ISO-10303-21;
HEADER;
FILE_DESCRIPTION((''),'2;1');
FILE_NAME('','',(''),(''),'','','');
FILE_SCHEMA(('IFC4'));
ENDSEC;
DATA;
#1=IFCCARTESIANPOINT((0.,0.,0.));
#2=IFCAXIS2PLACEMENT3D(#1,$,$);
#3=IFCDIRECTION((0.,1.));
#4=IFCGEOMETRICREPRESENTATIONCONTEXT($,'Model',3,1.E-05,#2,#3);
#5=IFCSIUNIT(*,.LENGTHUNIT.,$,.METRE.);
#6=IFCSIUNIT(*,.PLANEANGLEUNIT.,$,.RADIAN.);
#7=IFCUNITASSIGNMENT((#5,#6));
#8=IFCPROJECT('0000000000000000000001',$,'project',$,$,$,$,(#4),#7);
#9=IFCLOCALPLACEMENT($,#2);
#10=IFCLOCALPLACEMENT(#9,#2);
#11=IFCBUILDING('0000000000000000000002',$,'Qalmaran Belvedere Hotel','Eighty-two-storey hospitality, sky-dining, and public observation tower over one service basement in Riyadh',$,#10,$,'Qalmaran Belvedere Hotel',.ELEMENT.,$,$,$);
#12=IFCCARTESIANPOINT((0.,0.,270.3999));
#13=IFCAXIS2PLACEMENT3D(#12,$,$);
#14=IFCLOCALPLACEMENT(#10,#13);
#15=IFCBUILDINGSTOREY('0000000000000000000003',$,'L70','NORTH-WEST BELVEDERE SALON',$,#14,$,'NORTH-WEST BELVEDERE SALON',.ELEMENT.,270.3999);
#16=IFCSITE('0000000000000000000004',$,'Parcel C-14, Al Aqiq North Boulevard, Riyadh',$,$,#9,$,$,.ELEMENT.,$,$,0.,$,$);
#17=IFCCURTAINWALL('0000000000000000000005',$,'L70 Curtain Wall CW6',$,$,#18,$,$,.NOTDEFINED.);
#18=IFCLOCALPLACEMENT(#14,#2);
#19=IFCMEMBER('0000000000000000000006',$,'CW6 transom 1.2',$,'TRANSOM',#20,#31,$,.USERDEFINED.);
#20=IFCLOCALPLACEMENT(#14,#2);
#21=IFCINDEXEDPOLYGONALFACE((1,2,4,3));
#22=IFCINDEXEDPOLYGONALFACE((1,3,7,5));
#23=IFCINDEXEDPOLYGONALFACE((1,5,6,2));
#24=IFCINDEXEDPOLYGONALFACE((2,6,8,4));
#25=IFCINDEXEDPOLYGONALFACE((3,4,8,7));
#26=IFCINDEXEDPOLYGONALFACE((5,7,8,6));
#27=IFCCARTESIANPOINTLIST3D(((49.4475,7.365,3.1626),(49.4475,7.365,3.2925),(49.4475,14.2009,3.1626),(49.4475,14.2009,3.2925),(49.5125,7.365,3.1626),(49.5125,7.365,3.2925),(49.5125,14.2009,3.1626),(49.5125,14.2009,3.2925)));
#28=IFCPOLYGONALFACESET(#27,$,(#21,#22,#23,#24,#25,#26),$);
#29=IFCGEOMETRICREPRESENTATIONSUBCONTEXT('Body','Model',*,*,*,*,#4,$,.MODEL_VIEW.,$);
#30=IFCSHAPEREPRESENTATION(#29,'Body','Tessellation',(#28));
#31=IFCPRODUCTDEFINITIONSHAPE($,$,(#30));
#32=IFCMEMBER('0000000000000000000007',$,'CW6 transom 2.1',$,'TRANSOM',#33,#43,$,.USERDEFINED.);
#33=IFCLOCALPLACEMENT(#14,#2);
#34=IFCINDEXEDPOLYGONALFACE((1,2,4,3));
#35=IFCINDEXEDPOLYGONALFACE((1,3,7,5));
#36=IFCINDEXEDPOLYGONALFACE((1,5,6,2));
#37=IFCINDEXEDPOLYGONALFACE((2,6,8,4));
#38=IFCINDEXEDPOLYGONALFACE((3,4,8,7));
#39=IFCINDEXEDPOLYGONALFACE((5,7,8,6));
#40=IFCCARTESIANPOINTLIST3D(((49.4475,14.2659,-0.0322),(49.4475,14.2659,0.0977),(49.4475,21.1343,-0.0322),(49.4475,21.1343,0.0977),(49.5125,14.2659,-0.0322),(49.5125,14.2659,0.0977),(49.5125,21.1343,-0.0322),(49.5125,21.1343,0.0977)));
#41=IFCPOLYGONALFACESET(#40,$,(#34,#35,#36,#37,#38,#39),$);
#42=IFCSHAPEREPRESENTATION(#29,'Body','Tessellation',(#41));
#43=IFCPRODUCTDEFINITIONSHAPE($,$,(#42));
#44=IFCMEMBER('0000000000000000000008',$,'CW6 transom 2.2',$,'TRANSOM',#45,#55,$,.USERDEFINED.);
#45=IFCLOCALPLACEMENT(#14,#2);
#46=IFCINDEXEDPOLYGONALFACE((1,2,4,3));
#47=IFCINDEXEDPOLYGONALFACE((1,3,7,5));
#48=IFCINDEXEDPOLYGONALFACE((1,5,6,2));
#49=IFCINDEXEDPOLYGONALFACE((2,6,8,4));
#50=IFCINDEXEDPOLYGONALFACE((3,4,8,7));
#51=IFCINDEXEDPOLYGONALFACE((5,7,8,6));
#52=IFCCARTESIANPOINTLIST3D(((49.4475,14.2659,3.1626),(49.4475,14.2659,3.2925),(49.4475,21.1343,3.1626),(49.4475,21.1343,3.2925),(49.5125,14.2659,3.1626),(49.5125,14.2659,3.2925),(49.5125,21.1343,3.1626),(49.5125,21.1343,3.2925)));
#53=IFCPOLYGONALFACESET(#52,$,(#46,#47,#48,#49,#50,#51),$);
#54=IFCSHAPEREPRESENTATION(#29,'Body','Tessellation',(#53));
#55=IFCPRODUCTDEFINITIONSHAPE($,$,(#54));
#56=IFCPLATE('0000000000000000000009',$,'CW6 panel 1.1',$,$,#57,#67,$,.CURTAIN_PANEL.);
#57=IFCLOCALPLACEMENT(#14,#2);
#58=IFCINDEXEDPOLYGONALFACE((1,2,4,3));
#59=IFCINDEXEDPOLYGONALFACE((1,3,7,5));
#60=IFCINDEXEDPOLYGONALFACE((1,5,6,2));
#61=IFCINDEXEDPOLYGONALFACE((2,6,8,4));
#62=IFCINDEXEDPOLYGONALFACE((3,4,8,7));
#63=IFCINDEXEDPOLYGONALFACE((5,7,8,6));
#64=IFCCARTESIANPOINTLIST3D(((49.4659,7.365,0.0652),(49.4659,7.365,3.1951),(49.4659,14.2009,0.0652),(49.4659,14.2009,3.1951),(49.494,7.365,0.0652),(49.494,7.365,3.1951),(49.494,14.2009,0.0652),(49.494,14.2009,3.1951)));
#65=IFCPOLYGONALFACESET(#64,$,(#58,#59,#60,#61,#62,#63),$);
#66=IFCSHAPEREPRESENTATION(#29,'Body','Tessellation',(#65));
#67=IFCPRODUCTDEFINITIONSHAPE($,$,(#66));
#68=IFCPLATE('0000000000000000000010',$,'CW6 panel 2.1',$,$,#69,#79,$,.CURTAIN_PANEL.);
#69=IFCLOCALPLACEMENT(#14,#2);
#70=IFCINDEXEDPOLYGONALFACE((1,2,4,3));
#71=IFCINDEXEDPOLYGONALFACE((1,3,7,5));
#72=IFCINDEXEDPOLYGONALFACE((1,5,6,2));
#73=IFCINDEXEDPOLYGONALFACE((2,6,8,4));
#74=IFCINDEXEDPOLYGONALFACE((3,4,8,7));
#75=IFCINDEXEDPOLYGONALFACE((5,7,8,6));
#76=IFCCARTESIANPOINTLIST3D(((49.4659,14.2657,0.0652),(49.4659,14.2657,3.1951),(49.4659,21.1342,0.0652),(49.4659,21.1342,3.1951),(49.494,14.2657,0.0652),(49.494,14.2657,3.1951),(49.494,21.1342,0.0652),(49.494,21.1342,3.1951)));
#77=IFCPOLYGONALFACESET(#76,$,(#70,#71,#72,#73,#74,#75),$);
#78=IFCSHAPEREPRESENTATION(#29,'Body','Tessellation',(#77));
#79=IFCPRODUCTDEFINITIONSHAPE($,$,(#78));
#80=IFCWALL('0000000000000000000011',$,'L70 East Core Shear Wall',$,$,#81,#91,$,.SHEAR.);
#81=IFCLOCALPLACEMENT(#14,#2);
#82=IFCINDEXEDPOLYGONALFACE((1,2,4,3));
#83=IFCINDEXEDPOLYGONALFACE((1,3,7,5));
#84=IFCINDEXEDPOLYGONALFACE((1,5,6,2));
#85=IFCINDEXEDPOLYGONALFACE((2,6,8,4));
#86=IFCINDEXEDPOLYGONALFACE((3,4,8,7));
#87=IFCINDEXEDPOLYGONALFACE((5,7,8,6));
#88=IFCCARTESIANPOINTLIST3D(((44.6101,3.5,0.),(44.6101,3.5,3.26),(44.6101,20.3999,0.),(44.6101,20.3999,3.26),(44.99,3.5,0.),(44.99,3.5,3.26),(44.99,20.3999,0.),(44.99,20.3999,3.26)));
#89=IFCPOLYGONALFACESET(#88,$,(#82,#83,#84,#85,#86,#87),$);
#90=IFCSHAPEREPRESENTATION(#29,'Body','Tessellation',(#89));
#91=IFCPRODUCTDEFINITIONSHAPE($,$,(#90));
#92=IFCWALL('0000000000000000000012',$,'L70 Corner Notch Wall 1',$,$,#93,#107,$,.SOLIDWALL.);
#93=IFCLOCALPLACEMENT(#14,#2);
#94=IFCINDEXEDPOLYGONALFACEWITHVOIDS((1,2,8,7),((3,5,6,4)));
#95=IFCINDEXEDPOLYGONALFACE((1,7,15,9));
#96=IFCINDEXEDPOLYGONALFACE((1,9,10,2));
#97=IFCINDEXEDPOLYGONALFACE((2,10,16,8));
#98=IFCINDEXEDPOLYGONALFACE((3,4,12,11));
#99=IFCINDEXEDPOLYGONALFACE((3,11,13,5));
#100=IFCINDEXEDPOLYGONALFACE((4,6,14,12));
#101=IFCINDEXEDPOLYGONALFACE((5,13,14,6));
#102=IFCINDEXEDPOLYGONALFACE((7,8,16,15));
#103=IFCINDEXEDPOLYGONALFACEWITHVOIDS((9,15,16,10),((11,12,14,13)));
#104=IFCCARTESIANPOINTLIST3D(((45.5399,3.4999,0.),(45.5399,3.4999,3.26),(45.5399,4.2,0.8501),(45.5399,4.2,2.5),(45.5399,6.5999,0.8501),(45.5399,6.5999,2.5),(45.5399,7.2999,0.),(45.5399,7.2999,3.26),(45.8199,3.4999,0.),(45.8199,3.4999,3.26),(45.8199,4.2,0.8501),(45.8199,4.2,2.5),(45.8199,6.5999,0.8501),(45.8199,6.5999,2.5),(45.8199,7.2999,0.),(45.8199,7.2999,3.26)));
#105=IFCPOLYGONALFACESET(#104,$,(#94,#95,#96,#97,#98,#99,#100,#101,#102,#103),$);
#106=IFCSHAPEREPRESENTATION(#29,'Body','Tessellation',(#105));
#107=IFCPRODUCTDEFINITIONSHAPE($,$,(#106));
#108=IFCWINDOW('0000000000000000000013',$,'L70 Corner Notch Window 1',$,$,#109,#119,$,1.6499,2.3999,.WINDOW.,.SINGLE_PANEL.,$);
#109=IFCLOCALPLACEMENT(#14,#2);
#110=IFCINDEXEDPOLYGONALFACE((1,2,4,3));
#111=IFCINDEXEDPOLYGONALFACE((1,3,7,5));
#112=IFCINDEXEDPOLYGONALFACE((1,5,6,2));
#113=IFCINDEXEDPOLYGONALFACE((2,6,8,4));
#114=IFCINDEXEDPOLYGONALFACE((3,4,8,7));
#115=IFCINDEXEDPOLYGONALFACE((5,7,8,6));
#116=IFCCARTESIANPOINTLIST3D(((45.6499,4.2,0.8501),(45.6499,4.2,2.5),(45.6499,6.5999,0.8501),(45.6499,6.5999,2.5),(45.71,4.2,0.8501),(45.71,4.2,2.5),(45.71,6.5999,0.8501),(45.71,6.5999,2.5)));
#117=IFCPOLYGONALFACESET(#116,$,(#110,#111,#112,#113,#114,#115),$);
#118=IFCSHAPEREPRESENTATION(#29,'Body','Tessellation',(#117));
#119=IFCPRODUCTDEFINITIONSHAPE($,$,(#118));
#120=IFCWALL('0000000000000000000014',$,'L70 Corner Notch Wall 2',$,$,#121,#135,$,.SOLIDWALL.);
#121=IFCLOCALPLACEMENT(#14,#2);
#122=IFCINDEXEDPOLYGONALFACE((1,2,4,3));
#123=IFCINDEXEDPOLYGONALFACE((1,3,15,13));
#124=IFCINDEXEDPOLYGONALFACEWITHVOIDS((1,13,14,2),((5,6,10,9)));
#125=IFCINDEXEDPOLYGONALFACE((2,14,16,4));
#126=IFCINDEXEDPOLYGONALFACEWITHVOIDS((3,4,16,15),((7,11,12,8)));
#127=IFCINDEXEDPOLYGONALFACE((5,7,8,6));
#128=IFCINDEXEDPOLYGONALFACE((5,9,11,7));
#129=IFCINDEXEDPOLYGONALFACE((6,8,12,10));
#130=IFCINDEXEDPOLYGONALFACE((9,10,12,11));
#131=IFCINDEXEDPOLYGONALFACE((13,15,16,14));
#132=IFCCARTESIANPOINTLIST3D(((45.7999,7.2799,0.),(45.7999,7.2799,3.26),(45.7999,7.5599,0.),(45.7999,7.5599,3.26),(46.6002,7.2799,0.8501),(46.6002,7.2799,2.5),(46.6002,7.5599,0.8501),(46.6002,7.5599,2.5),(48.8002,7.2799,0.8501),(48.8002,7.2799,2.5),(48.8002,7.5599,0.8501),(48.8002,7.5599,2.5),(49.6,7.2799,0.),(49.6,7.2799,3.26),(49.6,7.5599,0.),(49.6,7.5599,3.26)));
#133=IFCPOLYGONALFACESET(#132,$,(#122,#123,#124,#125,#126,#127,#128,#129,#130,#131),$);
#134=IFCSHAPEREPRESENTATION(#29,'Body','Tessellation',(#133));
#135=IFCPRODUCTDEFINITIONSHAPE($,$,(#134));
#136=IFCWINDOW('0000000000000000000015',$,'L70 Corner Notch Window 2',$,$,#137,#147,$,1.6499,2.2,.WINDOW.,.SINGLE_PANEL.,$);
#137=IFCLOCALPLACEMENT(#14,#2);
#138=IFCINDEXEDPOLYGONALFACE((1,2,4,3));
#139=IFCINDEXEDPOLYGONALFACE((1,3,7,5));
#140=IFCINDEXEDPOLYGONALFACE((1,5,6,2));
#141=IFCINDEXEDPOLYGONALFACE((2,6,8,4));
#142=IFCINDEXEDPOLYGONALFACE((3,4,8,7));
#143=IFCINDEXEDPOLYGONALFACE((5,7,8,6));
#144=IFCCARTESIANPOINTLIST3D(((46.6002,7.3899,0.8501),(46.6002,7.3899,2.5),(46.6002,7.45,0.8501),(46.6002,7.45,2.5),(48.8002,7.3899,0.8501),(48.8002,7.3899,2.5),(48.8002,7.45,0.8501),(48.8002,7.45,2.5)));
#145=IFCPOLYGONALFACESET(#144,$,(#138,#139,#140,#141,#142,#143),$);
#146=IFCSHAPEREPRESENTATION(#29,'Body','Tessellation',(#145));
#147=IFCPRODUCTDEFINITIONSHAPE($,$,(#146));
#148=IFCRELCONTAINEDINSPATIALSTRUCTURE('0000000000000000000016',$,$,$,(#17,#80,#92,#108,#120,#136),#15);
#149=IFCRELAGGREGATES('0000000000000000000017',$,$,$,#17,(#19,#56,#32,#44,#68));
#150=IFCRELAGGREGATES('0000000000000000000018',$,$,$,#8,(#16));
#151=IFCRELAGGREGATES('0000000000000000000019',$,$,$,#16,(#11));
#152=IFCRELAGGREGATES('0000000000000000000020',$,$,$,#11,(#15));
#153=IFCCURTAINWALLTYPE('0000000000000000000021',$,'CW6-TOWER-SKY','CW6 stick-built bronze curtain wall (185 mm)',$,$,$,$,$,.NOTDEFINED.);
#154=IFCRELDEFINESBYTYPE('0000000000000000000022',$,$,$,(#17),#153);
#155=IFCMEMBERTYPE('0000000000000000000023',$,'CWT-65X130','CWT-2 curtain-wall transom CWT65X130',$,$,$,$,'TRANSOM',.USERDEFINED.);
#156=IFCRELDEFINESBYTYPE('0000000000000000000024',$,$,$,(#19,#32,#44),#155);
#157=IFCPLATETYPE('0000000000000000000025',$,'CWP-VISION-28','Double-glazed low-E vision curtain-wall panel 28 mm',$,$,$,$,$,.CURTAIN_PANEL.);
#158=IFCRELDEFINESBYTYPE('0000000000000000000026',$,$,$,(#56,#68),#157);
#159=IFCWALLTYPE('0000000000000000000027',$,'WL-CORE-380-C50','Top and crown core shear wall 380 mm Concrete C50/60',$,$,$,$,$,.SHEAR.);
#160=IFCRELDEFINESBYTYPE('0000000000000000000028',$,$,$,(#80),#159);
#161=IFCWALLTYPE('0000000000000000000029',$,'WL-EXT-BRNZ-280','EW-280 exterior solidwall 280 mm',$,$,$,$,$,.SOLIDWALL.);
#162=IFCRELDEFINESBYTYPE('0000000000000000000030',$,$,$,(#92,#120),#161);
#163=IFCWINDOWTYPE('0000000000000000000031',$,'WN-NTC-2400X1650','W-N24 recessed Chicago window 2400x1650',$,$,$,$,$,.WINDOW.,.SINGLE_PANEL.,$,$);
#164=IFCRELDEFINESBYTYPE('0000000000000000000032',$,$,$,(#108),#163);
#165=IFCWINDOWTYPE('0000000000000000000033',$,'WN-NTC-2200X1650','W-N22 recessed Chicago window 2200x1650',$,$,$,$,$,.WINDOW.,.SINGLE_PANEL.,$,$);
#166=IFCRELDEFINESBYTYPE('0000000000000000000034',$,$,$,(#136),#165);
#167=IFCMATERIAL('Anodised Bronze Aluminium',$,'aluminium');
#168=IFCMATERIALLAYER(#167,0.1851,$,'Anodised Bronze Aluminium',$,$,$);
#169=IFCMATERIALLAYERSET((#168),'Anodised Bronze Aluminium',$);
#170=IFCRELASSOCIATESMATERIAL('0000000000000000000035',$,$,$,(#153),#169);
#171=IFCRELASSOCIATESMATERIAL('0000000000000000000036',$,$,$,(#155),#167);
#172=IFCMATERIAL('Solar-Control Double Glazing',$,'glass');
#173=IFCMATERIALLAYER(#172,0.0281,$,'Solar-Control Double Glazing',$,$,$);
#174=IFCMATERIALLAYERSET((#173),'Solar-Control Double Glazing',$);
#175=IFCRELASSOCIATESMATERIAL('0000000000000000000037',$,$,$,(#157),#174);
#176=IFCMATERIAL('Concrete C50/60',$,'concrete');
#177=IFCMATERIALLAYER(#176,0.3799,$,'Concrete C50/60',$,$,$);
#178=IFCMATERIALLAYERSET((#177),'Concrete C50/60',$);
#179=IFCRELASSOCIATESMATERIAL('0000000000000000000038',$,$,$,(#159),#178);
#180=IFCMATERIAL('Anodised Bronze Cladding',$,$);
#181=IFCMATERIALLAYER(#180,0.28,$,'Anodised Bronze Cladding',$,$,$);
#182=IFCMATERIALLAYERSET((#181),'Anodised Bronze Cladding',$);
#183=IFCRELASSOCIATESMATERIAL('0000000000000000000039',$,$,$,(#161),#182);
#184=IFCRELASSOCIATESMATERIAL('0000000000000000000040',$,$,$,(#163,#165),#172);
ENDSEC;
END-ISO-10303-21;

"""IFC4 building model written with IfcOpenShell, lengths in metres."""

from ifc_helpers import new_model, si_unit, direction, frame, frame_2d, origin, origin_2d, place, context, subcontext, project, spatial, rectangle, extrude, material, layer, layer_set, material_profile, profile_set, type_object, element, fill, aggregate, save


model = new_model("IFC4")

# Units and contexts
model_context = context("Model", 3, precision=1e-05, world=origin(), true_north=direction((0.0, 1.0)))
body_context = subcontext(model_context, "Body", "Model", "MODEL_VIEW")
ifc_project = project(units=[si_unit("LENGTHUNIT", "METRE"), si_unit("PLANEANGLEUNIT", "RADIAN")], contexts=[model_context])

# Site, building, storey
site_placement = place(None, origin())
site = spatial("IfcSite", under=ifc_project, at=site_placement, Name="Parcel C-14, Al Aqiq North Boulevard, Riyadh", CompositionType="ELEMENT", RefElevation=0.0)
building_placement = place(site_placement, origin())
building = spatial("IfcBuilding", under=site, at=building_placement, Name="Qalmaran Belvedere Hotel", Description="Eighty-two-storey hospitality, sky-dining, and public observation tower over one service basement in Riyadh", LongName="Qalmaran Belvedere Hotel", CompositionType="ELEMENT")
storey_placement = place(building_placement, frame((0.0, 0.0, 270.3999)))
storey = spatial("IfcBuildingStorey", under=building, at=storey_placement, Name="L70", Description="NORTH-WEST BELVEDERE SALON", LongName="NORTH-WEST BELVEDERE SALON", CompositionType="ELEMENT", Elevation=270.3999)

# Shared definitions
ifc_material_1 = material(Name="Concrete C50/60", Category="concrete")

# Curtain wall, members, plates
ifc_material_2 = material(Name="Anodised Bronze Aluminium", Category="aluminium")
ifc_layer_1 = layer(ifc_material_2, 0.1851, Name="Anodised Bronze Aluminium")
ifc_layer_set_1 = layer_set([ifc_layer_1], Name="Anodised Bronze Aluminium")
curtain_wall_type = type_object("IfcCurtainWallType", Name="CW6-TOWER-SKY", Description="CW6 stick-built bronze curtain wall (185 mm)", PredefinedType="NOTDEFINED", material=ifc_layer_set_1)
curtain_wall_placement = place(storey_placement, origin())
curtain_wall = element("IfcCurtainWall", 1, at=curtain_wall_placement, inside=storey, type_object=curtain_wall_type, Name="L70 Curtain Wall CW6", PredefinedType="NOTDEFINED")
ifc_material_profile_1 = material_profile(ifc_material_2, rectangle(XDim=0.0649, YDim=0.1299, at=origin_2d()), Name="CWT65X130")
ifc_profile_set_1 = profile_set([ifc_material_profile_1], Name="Anodised Bronze Aluminium")
member_type_1 = type_object("IfcMemberType", Name="CWT-65X130", Description="CWT-2 curtain-wall transom CWT65X130", ElementType="TRANSOM", PredefinedType="USERDEFINED", material=ifc_profile_set_1)
member_1_placement = place(storey_placement, frame((49.48, 7.365, 3.2275), z_axis=(0.0, 1.0, 0.0), x_axis=(-1.0, 0.0, 0.0)))
member_1 = element("IfcMember", 2, at=member_1_placement, type_object=member_type_1, Name="CW6 transom 1.2", ObjectType="TRANSOM", PredefinedType="USERDEFINED", context=body_context, shape_type="SweptSolid", body=[
    extrude(rectangle(XDim=0.0649, YDim=0.1299, at=origin_2d()), origin(), (0.0, 0.0, 1.0), 6.8359),
])
member_2_placement = place(storey_placement, frame((49.48, 14.2659, 0.0327), z_axis=(0.0, 1.0, 0.0), x_axis=(-1.0, 0.0, 0.0)))
member_2 = element("IfcMember", 3, at=member_2_placement, type_object=member_type_1, Name="CW6 transom 2.1", ObjectType="TRANSOM", PredefinedType="USERDEFINED", context=body_context, shape_type="SweptSolid", body=[
    extrude(rectangle(XDim=0.0649, YDim=0.1299, at=origin_2d()), origin(), (0.0, 0.0, 1.0), 6.8684),
])
member_3_placement = place(storey_placement, frame((49.48, 14.2659, 3.2275), z_axis=(0.0, 1.0, 0.0), x_axis=(-1.0, 0.0, 0.0)))
member_3 = element("IfcMember", 4, at=member_3_placement, type_object=member_type_1, Name="CW6 transom 2.2", ObjectType="TRANSOM", PredefinedType="USERDEFINED", context=body_context, shape_type="SweptSolid", body=[
    extrude(rectangle(XDim=0.0649, YDim=0.1299, at=origin_2d()), origin(), (0.0, 0.0, 1.0), 6.8684),
])
ifc_material_3 = material(Name="Solar-Control Double Glazing", Category="glass")
ifc_layer_2 = layer(ifc_material_3, 0.0281, Name="Solar-Control Double Glazing")
ifc_layer_set_2 = layer_set([ifc_layer_2], Name="Solar-Control Double Glazing")
plate_type = type_object("IfcPlateType", Name="CWP-VISION-28", Description="Double-glazed low-E vision curtain-wall panel 28 mm", PredefinedType="CURTAIN_PANEL", material=ifc_layer_set_2)
plate_1_placement = place(storey_placement, frame((49.48, 10.783, 0.0652), z_axis=(0.0, 0.0, 1.0), x_axis=(0.0, 1.0, 0.0)))
plate_1 = element("IfcPlate", 5, at=plate_1_placement, type_object=plate_type, Name="CW6 panel 1.1", PredefinedType="CURTAIN_PANEL", context=body_context, shape_type="SweptSolid", body=[
    extrude(rectangle(XDim=6.8359, YDim=0.0281, at=origin_2d()), origin(), (0.0, 0.0, 1.0), 3.1299),
])
plate_2_placement = place(storey_placement, frame((49.48, 17.7, 0.0652), z_axis=(0.0, 0.0, 1.0), x_axis=(0.0, 1.0, 0.0)))
plate_2 = element("IfcPlate", 6, at=plate_2_placement, type_object=plate_type, Name="CW6 panel 2.1", PredefinedType="CURTAIN_PANEL", context=body_context, shape_type="SweptSolid", body=[
    extrude(rectangle(XDim=6.8684, YDim=0.0281, at=origin_2d()), origin(), (0.0, 0.0, 1.0), 3.1299),
])
aggregate(curtain_wall, [member_1, plate_1, member_2, member_3, plate_2])

# Wall
ifc_layer_3 = layer(ifc_material_1, 0.3799, Name="Concrete C50/60")
ifc_layer_set_3 = layer_set([ifc_layer_3], Name="Concrete C50/60")
wall_type_1 = type_object("IfcWallType", Name="WL-CORE-380-C50", Description="Top and crown core shear wall 380 mm Concrete C50/60", PredefinedType="SHEAR", material=ifc_layer_set_3)
wall_1_placement = place(storey_placement, frame((44.8, 3.5, 0.0), z_axis=(0.0, 0.0, 1.0), x_axis=(0.0, 1.0, 0.0)))
element("IfcWall", 7, at=wall_1_placement, inside=storey, type_object=wall_type_1, Name="L70 East Core Shear Wall", PredefinedType="SHEAR", context=body_context, shape_type="SweptSolid", body=[
    extrude(rectangle(XDim=16.8999, YDim=0.3799, at=frame_2d((8.45, 0.0))), origin(), (0.0, 0.0, 1.0), 3.26),
])

# Walls, openings, windows
ifc_material_4 = material(Name="Anodised Bronze Cladding")
ifc_layer_4 = layer(ifc_material_4, 0.28, Name="Anodised Bronze Cladding")
ifc_layer_set_4 = layer_set([ifc_layer_4], Name="Anodised Bronze Cladding")
wall_type_2 = type_object("IfcWallType", Name="WL-EXT-BRNZ-280", Description="EW-280 exterior solidwall 280 mm", PredefinedType="SOLIDWALL", material=ifc_layer_set_4)
wall_2_placement = place(storey_placement, frame((45.6799, 3.5, 0.0), z_axis=(0.0, 0.0, 1.0), x_axis=(0.0, 1.0, 0.0)))
wall_2 = element("IfcWall", 8, at=wall_2_placement, inside=storey, type_object=wall_type_2, Name="L70 Corner Notch Wall 1", PredefinedType="SOLIDWALL", context=body_context, shape_type="SweptSolid", body=[
    extrude(rectangle(XDim=3.8, YDim=0.28, at=frame_2d((1.8999, 0.0))), origin(), (0.0, 0.0, 1.0), 3.26),
])
opening_1_placement = place(wall_2_placement, frame((0.7, 0.0, 0.8501)))
opening_1 = element("IfcOpeningElement", 9, at=opening_1_placement, cuts=wall_2, PredefinedType="OPENING", context=body_context, shape_type="SweptSolid", body=[
    extrude(rectangle(XDim=2.3999, YDim=1.6499, at=frame_2d((1.2, 0.825))), frame((0.0, 0.1499, 0.0), z_axis=(0.0, -1.0, 0.0), x_axis=(1.0, 0.0, 0.0)), (0.0, 0.0, 1.0), 0.3),
])
window_type_1 = type_object("IfcWindowType", Name="WN-NTC-2400X1650", Description="W-N24 recessed Chicago window 2400x1650", PartitioningType="SINGLE_PANEL", PredefinedType="WINDOW", material=ifc_material_3)
window_1_placement = place(opening_1_placement, origin())
window_1 = element("IfcWindow", 10, at=window_1_placement, inside=storey, type_object=window_type_1, Name="L70 Corner Notch Window 1", OverallHeight=1.6499, OverallWidth=2.3999, PartitioningType="SINGLE_PANEL", PredefinedType="WINDOW", context=body_context, shape_type="SweptSolid", body=[
    extrude(rectangle(XDim=2.3999, YDim=1.6499, at=frame_2d((1.2, 0.825))), frame((0.0, 0.03, 0.0), z_axis=(0.0, -1.0, 0.0), x_axis=(1.0, 0.0, 0.0)), (0.0, 0.0, 1.0), 0.0601),
])
fill(opening_1, window_1)
wall_3_placement = place(storey_placement, frame((45.8, 7.4199, 0.0), z_axis=(0.0, 0.0, 1.0), x_axis=(1.0, 0.0, 0.0)))
wall_3 = element("IfcWall", 11, at=wall_3_placement, inside=storey, type_object=wall_type_2, Name="L70 Corner Notch Wall 2", PredefinedType="SOLIDWALL", context=body_context, shape_type="SweptSolid", body=[
    extrude(rectangle(XDim=3.8, YDim=0.28, at=frame_2d((1.8999, 0.0))), origin(), (0.0, 0.0, 1.0), 3.26),
])
opening_2_placement = place(wall_3_placement, frame((0.8, 0.0, 0.8501)))
opening_2 = element("IfcOpeningElement", 12, at=opening_2_placement, cuts=wall_3, PredefinedType="OPENING", context=body_context, shape_type="SweptSolid", body=[
    extrude(rectangle(XDim=2.2, YDim=1.6499, at=frame_2d((1.1001, 0.825))), frame((0.0, 0.1499, 0.0), z_axis=(0.0, -1.0, 0.0), x_axis=(1.0, 0.0, 0.0)), (0.0, 0.0, 1.0), 0.3),
])
window_type_2 = type_object("IfcWindowType", Name="WN-NTC-2200X1650", Description="W-N22 recessed Chicago window 2200x1650", PartitioningType="SINGLE_PANEL", PredefinedType="WINDOW", material=ifc_material_3)
window_2_placement = place(opening_2_placement, origin())
window_2 = element("IfcWindow", 13, at=window_2_placement, inside=storey, type_object=window_type_2, Name="L70 Corner Notch Window 2", OverallHeight=1.6499, OverallWidth=2.2, PartitioningType="SINGLE_PANEL", PredefinedType="WINDOW", context=body_context, shape_type="SweptSolid", body=[
    extrude(rectangle(XDim=2.2, YDim=1.6499, at=frame_2d((1.1001, 0.825))), frame((0.0, 0.03, 0.0), z_axis=(0.0, -1.0, 0.0), x_axis=(1.0, 0.0, 0.0)), (0.0, 0.0, 1.0), 0.0601),
])
fill(opening_2, window_2)

save(model, "model.ifc")
